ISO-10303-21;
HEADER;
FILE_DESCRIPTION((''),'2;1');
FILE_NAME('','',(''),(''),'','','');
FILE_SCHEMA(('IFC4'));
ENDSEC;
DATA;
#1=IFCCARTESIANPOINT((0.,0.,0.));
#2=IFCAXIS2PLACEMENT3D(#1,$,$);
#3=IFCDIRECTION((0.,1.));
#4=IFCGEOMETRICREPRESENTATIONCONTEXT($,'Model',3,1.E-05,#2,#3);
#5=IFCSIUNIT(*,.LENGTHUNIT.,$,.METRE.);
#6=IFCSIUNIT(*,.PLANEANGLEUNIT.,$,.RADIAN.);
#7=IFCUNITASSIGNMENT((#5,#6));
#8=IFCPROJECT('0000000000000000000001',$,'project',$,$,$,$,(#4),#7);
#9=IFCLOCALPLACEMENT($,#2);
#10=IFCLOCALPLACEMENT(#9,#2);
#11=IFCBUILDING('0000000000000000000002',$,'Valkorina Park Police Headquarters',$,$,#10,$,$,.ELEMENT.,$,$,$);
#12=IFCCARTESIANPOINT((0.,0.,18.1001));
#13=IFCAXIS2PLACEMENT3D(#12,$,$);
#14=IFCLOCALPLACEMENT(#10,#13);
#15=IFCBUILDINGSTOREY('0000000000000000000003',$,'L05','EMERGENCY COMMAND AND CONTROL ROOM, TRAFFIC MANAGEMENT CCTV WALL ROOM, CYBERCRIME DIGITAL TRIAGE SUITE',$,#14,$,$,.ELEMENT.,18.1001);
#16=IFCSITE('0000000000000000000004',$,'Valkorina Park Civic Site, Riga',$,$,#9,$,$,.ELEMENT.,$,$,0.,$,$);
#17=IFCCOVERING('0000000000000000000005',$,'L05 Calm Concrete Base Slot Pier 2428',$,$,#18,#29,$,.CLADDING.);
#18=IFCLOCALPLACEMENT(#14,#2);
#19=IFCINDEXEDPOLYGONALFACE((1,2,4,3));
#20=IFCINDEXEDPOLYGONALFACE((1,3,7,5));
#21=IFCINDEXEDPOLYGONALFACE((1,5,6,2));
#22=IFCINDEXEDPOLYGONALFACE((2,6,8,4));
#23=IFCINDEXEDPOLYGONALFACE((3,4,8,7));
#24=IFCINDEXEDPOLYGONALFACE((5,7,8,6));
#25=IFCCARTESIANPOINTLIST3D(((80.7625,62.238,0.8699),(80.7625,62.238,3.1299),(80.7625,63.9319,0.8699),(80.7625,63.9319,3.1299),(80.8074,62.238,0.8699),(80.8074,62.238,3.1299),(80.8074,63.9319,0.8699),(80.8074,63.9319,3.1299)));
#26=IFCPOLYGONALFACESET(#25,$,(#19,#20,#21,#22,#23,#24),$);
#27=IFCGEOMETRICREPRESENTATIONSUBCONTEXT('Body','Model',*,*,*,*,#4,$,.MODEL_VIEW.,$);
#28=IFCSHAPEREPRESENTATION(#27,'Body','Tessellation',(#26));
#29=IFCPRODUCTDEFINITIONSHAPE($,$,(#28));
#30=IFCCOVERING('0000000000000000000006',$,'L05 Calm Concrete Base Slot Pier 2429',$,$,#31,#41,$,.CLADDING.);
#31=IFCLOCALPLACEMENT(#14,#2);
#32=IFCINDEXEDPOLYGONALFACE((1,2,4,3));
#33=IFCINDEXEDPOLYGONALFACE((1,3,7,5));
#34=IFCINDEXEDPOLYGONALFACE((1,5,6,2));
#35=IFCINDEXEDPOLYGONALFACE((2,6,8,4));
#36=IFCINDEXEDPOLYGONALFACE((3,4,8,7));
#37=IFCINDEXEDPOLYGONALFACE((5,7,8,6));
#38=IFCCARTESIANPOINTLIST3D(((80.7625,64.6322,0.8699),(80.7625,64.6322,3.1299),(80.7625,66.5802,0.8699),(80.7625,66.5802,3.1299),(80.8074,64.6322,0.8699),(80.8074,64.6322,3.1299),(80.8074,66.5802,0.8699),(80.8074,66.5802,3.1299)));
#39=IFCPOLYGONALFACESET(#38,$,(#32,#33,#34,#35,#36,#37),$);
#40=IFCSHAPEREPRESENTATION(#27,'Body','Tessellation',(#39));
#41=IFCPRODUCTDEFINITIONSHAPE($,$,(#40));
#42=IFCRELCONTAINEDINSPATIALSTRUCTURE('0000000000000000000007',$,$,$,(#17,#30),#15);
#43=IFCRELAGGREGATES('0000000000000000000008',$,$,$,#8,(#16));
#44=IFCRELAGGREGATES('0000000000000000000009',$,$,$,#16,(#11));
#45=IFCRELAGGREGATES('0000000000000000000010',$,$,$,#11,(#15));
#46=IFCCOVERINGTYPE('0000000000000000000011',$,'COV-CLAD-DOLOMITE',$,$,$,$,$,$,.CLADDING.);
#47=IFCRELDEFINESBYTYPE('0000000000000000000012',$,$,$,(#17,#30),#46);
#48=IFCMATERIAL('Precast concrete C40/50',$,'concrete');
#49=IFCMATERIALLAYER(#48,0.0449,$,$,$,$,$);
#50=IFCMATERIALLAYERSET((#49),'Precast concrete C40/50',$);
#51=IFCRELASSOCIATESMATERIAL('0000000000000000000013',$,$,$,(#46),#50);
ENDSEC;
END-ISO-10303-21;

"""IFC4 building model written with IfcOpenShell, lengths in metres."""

from ifc_helpers import new_model, si_unit, direction, frame, frame_2d, origin, place, context, subcontext, project, spatial, rectangle, extrude, material, layer, layer_set, type_object, element, save


model = new_model("IFC4")

# Units and contexts
model_context = context("Model", 3, precision=1e-05, world=origin(), true_north=direction((0.0, 1.0)))
body_context = subcontext(model_context, "Body", "Model", "MODEL_VIEW")
ifc_project = project(units=[si_unit("LENGTHUNIT", "METRE"), si_unit("PLANEANGLEUNIT", "RADIAN")], contexts=[model_context])

# Site, building, storey
site_placement = place(None, origin())
site = spatial("IfcSite", under=ifc_project, at=site_placement, Name="Valkorina Park Civic Site, Riga", CompositionType="ELEMENT", RefElevation=0.0)
building_placement = place(site_placement, origin())
building = spatial("IfcBuilding", under=site, at=building_placement, Name="Valkorina Park Police Headquarters", CompositionType="ELEMENT")
storey_placement = place(building_placement, frame((0.0, 0.0, 18.1001)))
storey = spatial("IfcBuildingStorey", under=building, at=storey_placement, Name="L05", Description="EMERGENCY COMMAND AND CONTROL ROOM, TRAFFIC MANAGEMENT CCTV WALL ROOM, CYBERCRIME DIGITAL TRIAGE SUITE", CompositionType="ELEMENT", Elevation=18.1001)

# Coverings
ifc_material_1 = material(Name="Precast concrete C40/50", Category="concrete")
ifc_layer_1 = layer(ifc_material_1, 0.0449)
ifc_layer_set_1 = layer_set([ifc_layer_1], Name="Precast concrete C40/50")
covering_type = type_object("IfcCoveringType", Name="COV-CLAD-DOLOMITE", PredefinedType="CLADDING", material=ifc_layer_set_1)
covering_1_placement = place(storey_placement, frame((80.7849, 62.238, 0.8699), z_axis=(0.0, 0.0, 1.0), x_axis=(0.0, 1.0, 0.0)))
element("IfcCovering", 1, at=covering_1_placement, inside=storey, type_object=covering_type, Name="L05 Calm Concrete Base Slot Pier 2428", PredefinedType="CLADDING", context=body_context, shape_type="SweptSolid", body=[
    extrude(rectangle(XDim=1.6938, YDim=0.0449, at=frame_2d((0.8469, 0.0))), origin(), (0.0, 0.0, 1.0), 2.26),
])
covering_2_placement = place(storey_placement, frame((80.7849, 64.6321, 0.8699), z_axis=(0.0, 0.0, 1.0), x_axis=(0.0, 1.0, 0.0)))
element("IfcCovering", 2, at=covering_2_placement, inside=storey, type_object=covering_type, Name="L05 Calm Concrete Base Slot Pier 2429", PredefinedType="CLADDING", context=body_context, shape_type="SweptSolid", body=[
    extrude(rectangle(XDim=1.948, YDim=0.0449, at=frame_2d((0.9741, 0.0))), origin(), (0.0, 0.0, 1.0), 2.26),
])

save(model, "model.ifc")
